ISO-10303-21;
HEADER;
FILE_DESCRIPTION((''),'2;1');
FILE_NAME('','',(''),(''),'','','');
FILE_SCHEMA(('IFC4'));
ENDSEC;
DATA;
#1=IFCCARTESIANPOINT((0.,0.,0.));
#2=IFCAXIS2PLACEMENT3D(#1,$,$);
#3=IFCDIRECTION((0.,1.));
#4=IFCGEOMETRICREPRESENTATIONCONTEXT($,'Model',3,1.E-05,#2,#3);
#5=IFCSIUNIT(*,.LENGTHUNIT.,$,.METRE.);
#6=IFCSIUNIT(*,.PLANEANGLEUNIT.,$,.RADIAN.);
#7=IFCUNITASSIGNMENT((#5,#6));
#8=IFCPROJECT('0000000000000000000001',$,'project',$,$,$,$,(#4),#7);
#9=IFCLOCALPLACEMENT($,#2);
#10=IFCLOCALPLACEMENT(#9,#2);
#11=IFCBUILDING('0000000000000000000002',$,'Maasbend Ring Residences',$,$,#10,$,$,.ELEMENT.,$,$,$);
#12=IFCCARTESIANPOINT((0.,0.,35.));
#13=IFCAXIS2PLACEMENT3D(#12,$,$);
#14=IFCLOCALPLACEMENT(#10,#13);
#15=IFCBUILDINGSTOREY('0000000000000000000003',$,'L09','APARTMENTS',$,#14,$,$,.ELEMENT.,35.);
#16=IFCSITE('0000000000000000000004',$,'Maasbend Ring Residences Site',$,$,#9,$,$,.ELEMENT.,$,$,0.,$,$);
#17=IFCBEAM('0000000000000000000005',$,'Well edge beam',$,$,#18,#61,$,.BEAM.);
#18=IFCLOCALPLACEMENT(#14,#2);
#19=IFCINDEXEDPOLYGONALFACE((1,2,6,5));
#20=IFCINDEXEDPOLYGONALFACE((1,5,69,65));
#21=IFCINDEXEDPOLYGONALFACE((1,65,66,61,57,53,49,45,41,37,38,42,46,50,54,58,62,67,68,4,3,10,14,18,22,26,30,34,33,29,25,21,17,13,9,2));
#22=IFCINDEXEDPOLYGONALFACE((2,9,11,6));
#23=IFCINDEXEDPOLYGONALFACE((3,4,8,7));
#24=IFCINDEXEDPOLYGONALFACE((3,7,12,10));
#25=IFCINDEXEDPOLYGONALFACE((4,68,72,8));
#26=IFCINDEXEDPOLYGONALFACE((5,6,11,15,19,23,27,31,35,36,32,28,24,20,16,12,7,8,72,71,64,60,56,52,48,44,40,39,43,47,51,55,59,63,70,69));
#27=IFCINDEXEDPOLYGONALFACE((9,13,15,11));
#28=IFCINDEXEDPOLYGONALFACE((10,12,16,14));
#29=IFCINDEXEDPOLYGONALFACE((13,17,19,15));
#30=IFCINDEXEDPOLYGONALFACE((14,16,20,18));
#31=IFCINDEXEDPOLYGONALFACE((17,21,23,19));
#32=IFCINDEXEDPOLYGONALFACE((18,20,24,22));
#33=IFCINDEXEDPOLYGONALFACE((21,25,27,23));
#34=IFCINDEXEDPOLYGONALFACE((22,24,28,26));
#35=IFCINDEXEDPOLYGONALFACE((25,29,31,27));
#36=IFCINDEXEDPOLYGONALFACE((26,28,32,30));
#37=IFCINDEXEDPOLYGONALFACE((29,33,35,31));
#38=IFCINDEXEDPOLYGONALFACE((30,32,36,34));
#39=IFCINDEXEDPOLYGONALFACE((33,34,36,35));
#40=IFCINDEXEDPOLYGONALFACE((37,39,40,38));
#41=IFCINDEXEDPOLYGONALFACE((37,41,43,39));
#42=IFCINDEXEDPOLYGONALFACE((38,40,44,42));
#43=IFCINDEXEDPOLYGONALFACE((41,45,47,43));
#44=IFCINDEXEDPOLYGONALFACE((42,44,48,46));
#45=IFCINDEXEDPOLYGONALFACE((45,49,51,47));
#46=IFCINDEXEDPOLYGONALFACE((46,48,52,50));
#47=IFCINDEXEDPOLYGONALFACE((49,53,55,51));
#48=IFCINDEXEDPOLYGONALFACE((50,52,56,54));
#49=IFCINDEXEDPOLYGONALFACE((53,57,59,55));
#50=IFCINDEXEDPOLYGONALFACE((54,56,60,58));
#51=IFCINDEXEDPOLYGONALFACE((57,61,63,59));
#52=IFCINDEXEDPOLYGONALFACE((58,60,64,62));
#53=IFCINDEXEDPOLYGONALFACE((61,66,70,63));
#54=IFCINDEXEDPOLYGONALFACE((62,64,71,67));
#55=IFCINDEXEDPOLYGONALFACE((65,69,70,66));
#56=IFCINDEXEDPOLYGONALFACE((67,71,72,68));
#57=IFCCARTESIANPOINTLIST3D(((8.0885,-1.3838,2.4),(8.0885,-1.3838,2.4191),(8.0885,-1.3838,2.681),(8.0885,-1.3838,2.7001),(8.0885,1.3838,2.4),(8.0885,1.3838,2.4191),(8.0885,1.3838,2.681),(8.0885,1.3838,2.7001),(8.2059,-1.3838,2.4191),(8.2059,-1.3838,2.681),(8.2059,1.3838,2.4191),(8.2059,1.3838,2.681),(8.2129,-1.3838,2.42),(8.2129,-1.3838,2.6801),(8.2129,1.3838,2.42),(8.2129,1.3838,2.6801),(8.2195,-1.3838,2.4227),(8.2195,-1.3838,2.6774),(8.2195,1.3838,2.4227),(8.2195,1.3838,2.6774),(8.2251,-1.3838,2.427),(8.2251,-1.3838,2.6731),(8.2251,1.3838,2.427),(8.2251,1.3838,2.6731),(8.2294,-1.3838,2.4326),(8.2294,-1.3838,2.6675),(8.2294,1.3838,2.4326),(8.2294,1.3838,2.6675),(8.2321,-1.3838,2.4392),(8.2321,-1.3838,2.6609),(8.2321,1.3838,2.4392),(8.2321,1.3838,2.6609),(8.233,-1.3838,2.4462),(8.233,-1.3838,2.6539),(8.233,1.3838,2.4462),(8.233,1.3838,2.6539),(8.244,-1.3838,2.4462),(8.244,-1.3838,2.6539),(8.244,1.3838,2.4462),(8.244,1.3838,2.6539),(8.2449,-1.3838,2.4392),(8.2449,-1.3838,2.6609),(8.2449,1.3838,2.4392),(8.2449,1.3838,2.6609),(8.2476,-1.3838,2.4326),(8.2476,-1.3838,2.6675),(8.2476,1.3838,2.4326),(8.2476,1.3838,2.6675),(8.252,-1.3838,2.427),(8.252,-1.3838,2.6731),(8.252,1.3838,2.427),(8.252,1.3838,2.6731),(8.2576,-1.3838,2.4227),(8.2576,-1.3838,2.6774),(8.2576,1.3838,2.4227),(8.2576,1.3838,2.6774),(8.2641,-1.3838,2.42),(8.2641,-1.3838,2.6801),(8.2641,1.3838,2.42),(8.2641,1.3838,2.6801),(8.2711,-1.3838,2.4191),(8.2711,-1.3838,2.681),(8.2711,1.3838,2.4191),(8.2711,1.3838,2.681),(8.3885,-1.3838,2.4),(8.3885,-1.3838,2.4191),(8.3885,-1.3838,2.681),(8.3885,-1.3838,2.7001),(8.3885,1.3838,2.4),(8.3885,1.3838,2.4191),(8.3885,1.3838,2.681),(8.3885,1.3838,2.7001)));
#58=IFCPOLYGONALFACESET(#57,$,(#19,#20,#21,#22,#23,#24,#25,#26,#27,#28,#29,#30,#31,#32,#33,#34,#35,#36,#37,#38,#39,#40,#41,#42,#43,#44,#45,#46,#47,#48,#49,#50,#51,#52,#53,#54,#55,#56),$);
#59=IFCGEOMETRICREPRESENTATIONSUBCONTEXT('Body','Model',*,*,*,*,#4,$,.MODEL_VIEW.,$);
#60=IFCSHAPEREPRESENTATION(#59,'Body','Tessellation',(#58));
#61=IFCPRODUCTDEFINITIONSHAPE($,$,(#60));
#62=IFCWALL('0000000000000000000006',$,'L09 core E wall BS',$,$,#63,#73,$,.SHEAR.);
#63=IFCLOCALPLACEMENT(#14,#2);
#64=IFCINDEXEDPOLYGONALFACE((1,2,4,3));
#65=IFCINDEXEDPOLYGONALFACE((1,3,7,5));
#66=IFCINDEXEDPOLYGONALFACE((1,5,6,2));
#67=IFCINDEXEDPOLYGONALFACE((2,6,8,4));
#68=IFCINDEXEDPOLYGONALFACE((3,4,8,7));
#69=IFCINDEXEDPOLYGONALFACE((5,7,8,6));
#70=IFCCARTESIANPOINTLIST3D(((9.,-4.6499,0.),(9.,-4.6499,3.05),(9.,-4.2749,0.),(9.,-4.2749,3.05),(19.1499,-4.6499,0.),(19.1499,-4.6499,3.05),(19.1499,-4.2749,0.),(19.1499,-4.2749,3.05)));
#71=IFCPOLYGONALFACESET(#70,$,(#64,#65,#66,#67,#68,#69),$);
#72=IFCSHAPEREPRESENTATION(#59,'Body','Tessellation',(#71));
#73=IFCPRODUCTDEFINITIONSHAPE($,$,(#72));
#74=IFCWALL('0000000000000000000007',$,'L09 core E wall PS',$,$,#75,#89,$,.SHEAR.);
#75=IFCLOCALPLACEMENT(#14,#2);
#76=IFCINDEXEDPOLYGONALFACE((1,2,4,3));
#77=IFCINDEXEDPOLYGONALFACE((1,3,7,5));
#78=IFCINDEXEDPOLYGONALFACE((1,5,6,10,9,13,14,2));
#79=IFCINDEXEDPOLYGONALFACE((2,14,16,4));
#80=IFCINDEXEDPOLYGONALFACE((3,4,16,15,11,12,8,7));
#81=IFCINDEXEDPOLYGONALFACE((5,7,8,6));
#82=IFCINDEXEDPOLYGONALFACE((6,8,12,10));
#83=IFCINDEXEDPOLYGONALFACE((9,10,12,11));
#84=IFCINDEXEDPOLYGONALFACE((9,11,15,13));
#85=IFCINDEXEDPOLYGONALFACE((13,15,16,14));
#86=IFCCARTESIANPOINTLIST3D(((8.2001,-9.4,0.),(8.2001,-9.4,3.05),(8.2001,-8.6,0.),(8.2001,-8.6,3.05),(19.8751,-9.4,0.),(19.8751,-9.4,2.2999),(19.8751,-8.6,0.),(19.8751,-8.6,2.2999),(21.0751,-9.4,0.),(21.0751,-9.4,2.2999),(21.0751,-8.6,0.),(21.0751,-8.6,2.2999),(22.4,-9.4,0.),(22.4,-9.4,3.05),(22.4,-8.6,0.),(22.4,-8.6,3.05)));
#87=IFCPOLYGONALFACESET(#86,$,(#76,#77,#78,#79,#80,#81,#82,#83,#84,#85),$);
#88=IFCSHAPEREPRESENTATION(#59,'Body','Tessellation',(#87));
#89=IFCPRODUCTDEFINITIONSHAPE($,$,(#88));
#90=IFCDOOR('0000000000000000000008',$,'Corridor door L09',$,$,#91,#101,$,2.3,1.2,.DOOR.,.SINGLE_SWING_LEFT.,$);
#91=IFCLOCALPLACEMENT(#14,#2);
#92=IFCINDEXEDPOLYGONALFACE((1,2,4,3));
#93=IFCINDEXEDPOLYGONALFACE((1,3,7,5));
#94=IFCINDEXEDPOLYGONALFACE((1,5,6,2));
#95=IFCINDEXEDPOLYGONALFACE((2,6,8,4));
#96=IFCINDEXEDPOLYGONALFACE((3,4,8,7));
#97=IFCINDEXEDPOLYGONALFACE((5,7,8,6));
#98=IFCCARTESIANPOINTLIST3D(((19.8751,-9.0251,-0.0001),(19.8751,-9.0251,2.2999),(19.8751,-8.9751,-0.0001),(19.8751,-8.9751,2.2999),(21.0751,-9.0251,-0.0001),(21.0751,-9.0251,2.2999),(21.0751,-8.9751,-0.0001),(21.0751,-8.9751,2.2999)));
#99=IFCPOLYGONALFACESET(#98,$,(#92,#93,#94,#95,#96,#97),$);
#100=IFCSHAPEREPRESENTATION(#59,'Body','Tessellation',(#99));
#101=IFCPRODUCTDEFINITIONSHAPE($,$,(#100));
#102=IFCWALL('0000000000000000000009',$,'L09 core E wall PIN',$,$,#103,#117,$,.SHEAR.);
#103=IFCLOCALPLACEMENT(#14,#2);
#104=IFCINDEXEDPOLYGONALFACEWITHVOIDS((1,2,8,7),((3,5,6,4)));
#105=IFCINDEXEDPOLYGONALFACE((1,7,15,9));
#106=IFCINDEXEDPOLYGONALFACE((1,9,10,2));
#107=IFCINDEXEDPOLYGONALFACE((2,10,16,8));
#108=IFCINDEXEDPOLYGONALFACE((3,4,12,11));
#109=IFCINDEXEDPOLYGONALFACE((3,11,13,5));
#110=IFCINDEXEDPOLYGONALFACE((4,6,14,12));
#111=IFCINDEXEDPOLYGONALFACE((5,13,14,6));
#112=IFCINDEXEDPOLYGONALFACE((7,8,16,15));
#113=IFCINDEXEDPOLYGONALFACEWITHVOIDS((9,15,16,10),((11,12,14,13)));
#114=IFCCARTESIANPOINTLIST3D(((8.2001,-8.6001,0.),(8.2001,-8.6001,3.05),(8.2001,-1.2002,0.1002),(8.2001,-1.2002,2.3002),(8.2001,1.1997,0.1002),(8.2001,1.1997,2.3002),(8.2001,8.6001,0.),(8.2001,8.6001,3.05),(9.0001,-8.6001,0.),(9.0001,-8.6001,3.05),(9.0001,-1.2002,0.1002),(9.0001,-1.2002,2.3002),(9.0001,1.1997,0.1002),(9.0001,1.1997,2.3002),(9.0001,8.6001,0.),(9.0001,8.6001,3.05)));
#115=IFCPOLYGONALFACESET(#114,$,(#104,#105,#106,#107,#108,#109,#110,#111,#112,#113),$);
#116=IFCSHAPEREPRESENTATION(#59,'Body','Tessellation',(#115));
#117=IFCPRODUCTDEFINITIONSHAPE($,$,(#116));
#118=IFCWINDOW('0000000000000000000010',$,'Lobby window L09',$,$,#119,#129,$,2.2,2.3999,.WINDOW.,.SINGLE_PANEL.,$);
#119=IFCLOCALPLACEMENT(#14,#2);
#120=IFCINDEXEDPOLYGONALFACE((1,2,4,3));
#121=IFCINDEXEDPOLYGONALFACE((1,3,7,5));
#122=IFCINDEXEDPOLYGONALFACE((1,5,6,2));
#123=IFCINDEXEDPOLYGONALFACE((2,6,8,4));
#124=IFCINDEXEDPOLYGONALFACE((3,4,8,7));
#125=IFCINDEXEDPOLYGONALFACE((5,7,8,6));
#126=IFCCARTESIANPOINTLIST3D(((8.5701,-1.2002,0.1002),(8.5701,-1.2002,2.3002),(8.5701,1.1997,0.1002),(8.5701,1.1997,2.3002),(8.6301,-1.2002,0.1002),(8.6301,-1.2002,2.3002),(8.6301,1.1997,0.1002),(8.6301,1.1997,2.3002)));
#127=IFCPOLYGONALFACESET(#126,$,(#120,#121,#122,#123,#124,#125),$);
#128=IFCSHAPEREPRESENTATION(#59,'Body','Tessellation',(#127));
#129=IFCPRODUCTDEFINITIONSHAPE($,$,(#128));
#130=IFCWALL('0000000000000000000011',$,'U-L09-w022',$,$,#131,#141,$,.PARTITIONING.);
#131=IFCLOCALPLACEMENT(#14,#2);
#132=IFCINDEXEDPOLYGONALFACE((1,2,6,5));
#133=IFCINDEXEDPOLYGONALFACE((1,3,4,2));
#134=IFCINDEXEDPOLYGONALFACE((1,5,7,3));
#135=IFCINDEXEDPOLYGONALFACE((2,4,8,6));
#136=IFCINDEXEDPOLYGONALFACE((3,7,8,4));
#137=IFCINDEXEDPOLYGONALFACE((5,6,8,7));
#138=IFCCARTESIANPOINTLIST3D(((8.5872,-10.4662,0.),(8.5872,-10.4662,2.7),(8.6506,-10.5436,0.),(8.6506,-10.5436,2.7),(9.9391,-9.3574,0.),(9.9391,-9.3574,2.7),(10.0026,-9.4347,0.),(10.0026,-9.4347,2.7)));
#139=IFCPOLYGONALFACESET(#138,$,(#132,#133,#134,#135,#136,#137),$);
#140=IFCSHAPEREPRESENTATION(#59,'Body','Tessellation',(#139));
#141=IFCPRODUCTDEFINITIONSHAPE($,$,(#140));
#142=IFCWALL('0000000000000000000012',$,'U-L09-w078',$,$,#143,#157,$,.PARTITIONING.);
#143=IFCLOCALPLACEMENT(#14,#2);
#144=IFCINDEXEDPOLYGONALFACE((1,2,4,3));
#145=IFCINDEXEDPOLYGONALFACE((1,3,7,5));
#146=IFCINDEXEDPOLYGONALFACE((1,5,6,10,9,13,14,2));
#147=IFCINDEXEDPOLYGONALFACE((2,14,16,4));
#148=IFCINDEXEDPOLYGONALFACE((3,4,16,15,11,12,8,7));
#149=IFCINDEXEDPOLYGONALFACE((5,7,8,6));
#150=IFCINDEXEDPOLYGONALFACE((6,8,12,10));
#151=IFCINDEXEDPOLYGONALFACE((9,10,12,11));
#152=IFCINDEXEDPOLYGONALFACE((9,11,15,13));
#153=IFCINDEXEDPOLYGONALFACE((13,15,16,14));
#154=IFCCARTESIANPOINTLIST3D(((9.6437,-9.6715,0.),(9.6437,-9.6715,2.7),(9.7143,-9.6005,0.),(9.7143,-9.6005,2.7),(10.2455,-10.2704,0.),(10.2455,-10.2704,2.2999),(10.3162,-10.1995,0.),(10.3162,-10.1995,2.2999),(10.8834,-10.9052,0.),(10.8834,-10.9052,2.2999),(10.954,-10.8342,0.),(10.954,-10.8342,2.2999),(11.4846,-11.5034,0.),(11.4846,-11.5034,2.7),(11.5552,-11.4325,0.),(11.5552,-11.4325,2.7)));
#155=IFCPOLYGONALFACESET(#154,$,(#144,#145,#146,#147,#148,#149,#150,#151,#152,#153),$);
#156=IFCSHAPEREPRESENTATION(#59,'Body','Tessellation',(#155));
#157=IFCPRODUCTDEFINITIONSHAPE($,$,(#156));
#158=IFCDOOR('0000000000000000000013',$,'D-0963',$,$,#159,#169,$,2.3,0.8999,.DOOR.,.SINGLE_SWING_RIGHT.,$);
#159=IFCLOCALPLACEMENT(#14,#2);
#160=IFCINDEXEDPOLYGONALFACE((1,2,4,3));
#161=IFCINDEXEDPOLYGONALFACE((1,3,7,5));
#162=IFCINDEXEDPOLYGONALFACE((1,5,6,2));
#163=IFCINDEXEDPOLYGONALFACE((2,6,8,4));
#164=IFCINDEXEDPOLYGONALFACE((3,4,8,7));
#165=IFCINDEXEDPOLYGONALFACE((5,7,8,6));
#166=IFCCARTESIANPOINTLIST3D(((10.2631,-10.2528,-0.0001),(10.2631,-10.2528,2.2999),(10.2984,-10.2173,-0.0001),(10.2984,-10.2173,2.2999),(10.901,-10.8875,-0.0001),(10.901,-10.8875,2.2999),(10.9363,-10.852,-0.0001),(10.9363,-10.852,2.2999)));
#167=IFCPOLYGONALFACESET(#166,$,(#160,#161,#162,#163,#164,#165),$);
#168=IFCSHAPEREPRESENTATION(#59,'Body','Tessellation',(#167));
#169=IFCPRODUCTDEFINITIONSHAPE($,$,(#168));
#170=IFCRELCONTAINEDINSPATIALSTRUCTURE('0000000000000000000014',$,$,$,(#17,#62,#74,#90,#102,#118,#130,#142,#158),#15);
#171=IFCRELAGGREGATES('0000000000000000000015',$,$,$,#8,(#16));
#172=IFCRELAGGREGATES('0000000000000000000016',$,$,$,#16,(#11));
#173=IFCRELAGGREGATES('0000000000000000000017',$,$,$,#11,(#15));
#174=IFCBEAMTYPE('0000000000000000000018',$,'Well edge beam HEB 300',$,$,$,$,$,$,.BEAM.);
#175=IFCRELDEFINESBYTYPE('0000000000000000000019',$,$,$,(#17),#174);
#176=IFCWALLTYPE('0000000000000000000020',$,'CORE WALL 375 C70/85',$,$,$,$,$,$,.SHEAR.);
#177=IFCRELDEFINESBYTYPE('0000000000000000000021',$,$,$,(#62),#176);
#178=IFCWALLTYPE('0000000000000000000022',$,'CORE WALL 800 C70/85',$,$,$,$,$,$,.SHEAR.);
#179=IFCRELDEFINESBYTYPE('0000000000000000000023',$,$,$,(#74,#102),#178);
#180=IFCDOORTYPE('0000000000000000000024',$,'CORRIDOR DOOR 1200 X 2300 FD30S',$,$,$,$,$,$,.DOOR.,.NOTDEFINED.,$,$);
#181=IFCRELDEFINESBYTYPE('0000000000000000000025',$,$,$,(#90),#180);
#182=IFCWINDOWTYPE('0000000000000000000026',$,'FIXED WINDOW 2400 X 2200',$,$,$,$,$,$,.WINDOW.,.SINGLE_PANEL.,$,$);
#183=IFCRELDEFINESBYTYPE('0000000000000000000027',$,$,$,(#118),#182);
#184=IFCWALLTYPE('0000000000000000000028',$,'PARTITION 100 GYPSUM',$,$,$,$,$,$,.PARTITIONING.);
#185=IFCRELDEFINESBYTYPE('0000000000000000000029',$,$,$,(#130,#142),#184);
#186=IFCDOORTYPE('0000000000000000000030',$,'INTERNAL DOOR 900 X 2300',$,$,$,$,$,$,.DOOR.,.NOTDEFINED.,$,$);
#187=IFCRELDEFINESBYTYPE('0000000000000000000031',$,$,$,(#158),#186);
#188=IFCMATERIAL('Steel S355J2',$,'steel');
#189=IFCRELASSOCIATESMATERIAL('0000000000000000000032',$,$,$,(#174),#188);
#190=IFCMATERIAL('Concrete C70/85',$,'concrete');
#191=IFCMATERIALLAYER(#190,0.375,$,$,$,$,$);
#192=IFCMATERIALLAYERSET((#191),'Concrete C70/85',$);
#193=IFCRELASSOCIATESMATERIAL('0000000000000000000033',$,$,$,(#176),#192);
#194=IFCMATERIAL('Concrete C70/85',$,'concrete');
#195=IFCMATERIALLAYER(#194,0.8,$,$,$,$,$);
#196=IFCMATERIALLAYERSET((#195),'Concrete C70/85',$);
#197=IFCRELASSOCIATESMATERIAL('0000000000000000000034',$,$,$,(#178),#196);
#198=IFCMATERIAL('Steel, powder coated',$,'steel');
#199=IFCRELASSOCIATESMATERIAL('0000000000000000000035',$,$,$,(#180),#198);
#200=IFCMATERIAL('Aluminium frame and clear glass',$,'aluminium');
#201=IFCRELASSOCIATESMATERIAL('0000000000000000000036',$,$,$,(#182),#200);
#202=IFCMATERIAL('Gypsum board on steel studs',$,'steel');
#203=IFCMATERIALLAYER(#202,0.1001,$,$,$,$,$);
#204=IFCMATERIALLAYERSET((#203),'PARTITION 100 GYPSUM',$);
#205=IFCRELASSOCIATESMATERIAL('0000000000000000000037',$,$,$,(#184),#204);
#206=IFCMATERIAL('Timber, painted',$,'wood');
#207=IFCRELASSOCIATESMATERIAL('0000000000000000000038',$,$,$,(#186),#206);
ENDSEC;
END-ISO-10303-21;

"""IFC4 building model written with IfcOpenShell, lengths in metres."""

from ifc_helpers import new_model, si_unit, direction, frame, frame_2d, origin, origin_2d, place, context, subcontext, project, spatial, rectangle, i_section, extrude, material, layer, layer_set, material_profile, profile_set, type_object, element, fill, save


model = new_model("IFC4")

# Units and contexts
model_context = context("Model", 3, precision=1e-05, world=origin(), true_north=direction((0.0, 1.0)))
body_context = subcontext(model_context, "Body", "Model", "MODEL_VIEW")
ifc_project = project(units=[si_unit("LENGTHUNIT", "METRE"), si_unit("PLANEANGLEUNIT", "RADIAN")], contexts=[model_context])

# Site, building, storey
site_placement = place(None, origin())
site = spatial("IfcSite", under=ifc_project, at=site_placement, Name="Maasbend Ring Residences Site", CompositionType="ELEMENT", RefElevation=0.0)
building_placement = place(site_placement, origin())
building = spatial("IfcBuilding", under=site, at=building_placement, Name="Maasbend Ring Residences", CompositionType="ELEMENT")
storey_placement = place(building_placement, frame((0.0, 0.0, 35.0)))
storey = spatial("IfcBuildingStorey", under=building, at=storey_placement, Name="L09", Description="APARTMENTS", CompositionType="ELEMENT", Elevation=35.0)

# Beam
ifc_material_1 = material(Name="Steel S355J2", Category="steel")
ifc_material_profile_1 = material_profile(ifc_material_1, i_section(OverallWidth=0.3, OverallDepth=0.3, WebThickness=0.011, FlangeThickness=0.019, FilletRadius=0.0271, at=origin_2d()), Name="HEB 300")
ifc_profile_set_1 = profile_set([ifc_material_profile_1], Name="Steel S355J2")
beam_type = type_object("IfcBeamType", Name="Well edge beam HEB 300", PredefinedType="BEAM", material=ifc_profile_set_1)
beam_1_placement = place(storey_placement, frame((8.2385, -1.3838, 2.55), z_axis=(0.0, 1.0, 0.0), x_axis=(-1.0, 0.0, 0.0)))
element("IfcBeam", 1, at=beam_1_placement, inside=storey, type_object=beam_type, Name="Well edge beam", PredefinedType="BEAM", context=body_context, shape_type="SweptSolid", body=[
    extrude(i_section(OverallWidth=0.3, OverallDepth=0.3, WebThickness=0.011, FlangeThickness=0.019, FilletRadius=0.0271, at=origin_2d()), origin(), (0.0, 0.0, 1.0), 2.7676),
])

# Wall
ifc_material_2 = material(Name="Concrete C70/85", Category="concrete")
ifc_layer_1 = layer(ifc_material_2, 0.375)
ifc_layer_set_1 = layer_set([ifc_layer_1], Name="Concrete C70/85")
wall_type_1 = type_object("IfcWallType", Name="CORE WALL 375 C70/85", PredefinedType="SHEAR", material=ifc_layer_set_1)
wall_1_placement = place(storey_placement, frame((9.0, -4.4624, 0.0), z_axis=(0.0, 0.0, 1.0), x_axis=(1.0, 0.0, 0.0)))
element("IfcWall", 2, at=wall_1_placement, inside=storey, type_object=wall_type_1, Name="L09 core E wall BS", PredefinedType="SHEAR", context=body_context, shape_type="SweptSolid", body=[
    extrude(rectangle(XDim=10.1499, YDim=0.375, at=frame_2d((5.075, 0.0))), origin(), (0.0, 0.0, 1.0), 3.05),
])

# Wall, opening, door
ifc_material_3 = material(Name="Concrete C70/85", Category="concrete")
ifc_layer_2 = layer(ifc_material_3, 0.8)
ifc_layer_set_2 = layer_set([ifc_layer_2], Name="Concrete C70/85")
wall_type_2 = type_object("IfcWallType", Name="CORE WALL 800 C70/85", PredefinedType="SHEAR", material=ifc_layer_set_2)
wall_2_placement = place(storey_placement, frame((8.2, -9.0, 0.0), z_axis=(0.0, 0.0, 1.0), x_axis=(1.0, 0.0, 0.0)))
wall_2 = element("IfcWall", 3, at=wall_2_placement, inside=storey, type_object=wall_type_2, Name="L09 core E wall PS", PredefinedType="SHEAR", context=body_context, shape_type="SweptSolid", body=[
    extrude(rectangle(XDim=14.2, YDim=0.8, at=frame_2d((7.1001, 0.0))), origin(), (0.0, 0.0, 1.0), 3.05),
])
opening_1_placement = place(wall_2_placement, frame((11.675, 0.0, 0.0)))
opening_1 = element("IfcOpeningElement", 4, at=opening_1_placement, cuts=wall_2, PredefinedType="OPENING", context=body_context, shape_type="SweptSolid", body=[
    extrude(rectangle(XDim=1.2, YDim=2.3, at=frame_2d((0.6001, 1.1499))), frame((0.0, 0.4102, 0.0), z_axis=(0.0, -1.0, 0.0), x_axis=(1.0, 0.0, 0.0)), (0.0, 0.0, 1.0), 0.8201),
])
ifc_material_4 = material(Name="Steel, powder coated", Category="steel")
door_type_1 = type_object("IfcDoorType", Name="CORRIDOR DOOR 1200 X 2300 FD30S", OperationType="NOTDEFINED", PredefinedType="DOOR", material=ifc_material_4)
door_1_placement = place(opening_1_placement, origin())
door_1 = element("IfcDoor", 5, at=door_1_placement, inside=storey, type_object=door_type_1, Name="Corridor door L09", OperationType="SINGLE_SWING_LEFT", OverallHeight=2.3, OverallWidth=1.2, PredefinedType="DOOR", context=body_context, shape_type="SweptSolid", body=[
    extrude(rectangle(XDim=1.2, YDim=2.3, at=frame_2d((0.6001, 1.1499))), frame((0.0, 0.0249, 0.0), z_axis=(0.0, -1.0, 0.0), x_axis=(1.0, 0.0, 0.0)), (0.0, 0.0, 1.0), 0.05),
])
fill(opening_1, door_1)

# Wall, opening, window
wall_3_placement = place(storey_placement, frame((8.6001, -8.6001, 0.0), z_axis=(0.0, 0.0, 1.0), x_axis=(0.0, 1.0, 0.0)))
wall_3 = element("IfcWall", 6, at=wall_3_placement, inside=storey, type_object=wall_type_2, Name="L09 core E wall PIN", PredefinedType="SHEAR", context=body_context, shape_type="SweptSolid", body=[
    extrude(rectangle(XDim=17.2002, YDim=0.8, at=frame_2d((8.6001, 0.0))), origin(), (0.0, 0.0, 1.0), 3.05),
])
opening_2_placement = place(wall_3_placement, frame((7.3999, 0.0, 0.1001)))
opening_2 = element("IfcOpeningElement", 7, at=opening_2_placement, cuts=wall_3, PredefinedType="OPENING", context=body_context, shape_type="SweptSolid", body=[
    extrude(rectangle(XDim=2.3999, YDim=2.2, at=frame_2d((1.2, 1.1001))), frame((0.0, 0.4102, 0.0), z_axis=(0.0, -1.0, 0.0), x_axis=(1.0, 0.0, 0.0)), (0.0, 0.0, 1.0), 0.8201),
])
ifc_material_5 = material(Name="Aluminium frame and clear glass", Category="aluminium")
window_type = type_object("IfcWindowType", Name="FIXED WINDOW 2400 X 2200", PartitioningType="SINGLE_PANEL", PredefinedType="WINDOW", material=ifc_material_5)
window_placement = place(opening_2_placement, origin())
window = element("IfcWindow", 8, at=window_placement, inside=storey, type_object=window_type, Name="Lobby window L09", OverallHeight=2.2, OverallWidth=2.3999, PartitioningType="SINGLE_PANEL", PredefinedType="WINDOW", context=body_context, shape_type="SweptSolid", body=[
    extrude(rectangle(XDim=2.3999, YDim=2.2, at=frame_2d((1.2, 1.1001))), frame((0.0, 0.03, 0.0), z_axis=(0.0, -1.0, 0.0), x_axis=(1.0, 0.0, 0.0)), (0.0, 0.0, 1.0), 0.0601),
])
fill(opening_2, window)

# Wall
ifc_material_6 = material(Name="Gypsum board on steel studs", Category="steel")
ifc_layer_3 = layer(ifc_material_6, 0.1001)
ifc_layer_set_3 = layer_set([ifc_layer_3], Name="PARTITION 100 GYPSUM")
wall_type_3 = type_object("IfcWallType", Name="PARTITION 100 GYPSUM", PredefinedType="PARTITIONING", material=ifc_layer_set_3)
wall_4_placement = place(storey_placement, frame((8.6189, -10.5049, 0.0), z_axis=(0.0, 0.0, 1.0), x_axis=(0.77321, 0.63415, 0.0)))
element("IfcWall", 9, at=wall_4_placement, inside=storey, type_object=wall_type_3, Name="U-L09-w022", PredefinedType="PARTITIONING", context=body_context, shape_type="SweptSolid", body=[
    extrude(rectangle(XDim=1.7485, YDim=0.1001, at=frame_2d((0.8743, 0.0))), origin(), (0.0, 0.0, 1.0), 2.7),
])

# Wall, opening, door
wall_5_placement = place(storey_placement, frame((9.679, -9.636, 0.0), z_axis=(0.0, 0.0, 1.0), x_axis=(0.708844, -0.705366, 0.0)))
wall_5 = element("IfcWall", 10, at=wall_5_placement, inside=storey, type_object=wall_type_3, Name="U-L09-w078", PredefinedType="PARTITIONING", context=body_context, shape_type="SweptSolid", body=[
    extrude(rectangle(XDim=2.5972, YDim=0.1001, at=frame_2d((1.2986, 0.0))), origin(), (0.0, 0.0, 1.0), 2.7),
])
opening_3_placement = place(wall_5_placement, frame((0.8491, 0.0, 0.0)))
opening_3 = element("IfcOpeningElement", 11, at=opening_3_placement, cuts=wall_5, PredefinedType="OPENING", context=body_context, shape_type="SweptSolid", body=[
    extrude(rectangle(XDim=0.8999, YDim=2.3, at=frame_2d((0.45, 1.1499))), frame((0.0, 0.0601, 0.0), z_axis=(0.0, -1.0, 0.0), x_axis=(1.0, 0.0, 0.0)), (0.0, 0.0, 1.0), 0.1201),
])
ifc_material_7 = material(Name="Timber, painted", Category="wood")
door_type_2 = type_object("IfcDoorType", Name="INTERNAL DOOR 900 X 2300", OperationType="NOTDEFINED", PredefinedType="DOOR", material=ifc_material_7)
door_2_placement = place(opening_3_placement, origin())
door_2 = element("IfcDoor", 12, at=door_2_placement, inside=storey, type_object=door_type_2, Name="D-0963", OperationType="SINGLE_SWING_RIGHT", OverallHeight=2.3, OverallWidth=0.8999, PredefinedType="DOOR", context=body_context, shape_type="SweptSolid", body=[
    extrude(rectangle(XDim=0.8999, YDim=2.3, at=frame_2d((0.45, 1.1499))), frame((0.0, 0.0249, 0.0), z_axis=(0.0, -1.0, 0.0), x_axis=(1.0, 0.0, 0.0)), (0.0, 0.0, 1.0), 0.05),
])
fill(opening_3, door_2)

save(model, "model.ifc")
